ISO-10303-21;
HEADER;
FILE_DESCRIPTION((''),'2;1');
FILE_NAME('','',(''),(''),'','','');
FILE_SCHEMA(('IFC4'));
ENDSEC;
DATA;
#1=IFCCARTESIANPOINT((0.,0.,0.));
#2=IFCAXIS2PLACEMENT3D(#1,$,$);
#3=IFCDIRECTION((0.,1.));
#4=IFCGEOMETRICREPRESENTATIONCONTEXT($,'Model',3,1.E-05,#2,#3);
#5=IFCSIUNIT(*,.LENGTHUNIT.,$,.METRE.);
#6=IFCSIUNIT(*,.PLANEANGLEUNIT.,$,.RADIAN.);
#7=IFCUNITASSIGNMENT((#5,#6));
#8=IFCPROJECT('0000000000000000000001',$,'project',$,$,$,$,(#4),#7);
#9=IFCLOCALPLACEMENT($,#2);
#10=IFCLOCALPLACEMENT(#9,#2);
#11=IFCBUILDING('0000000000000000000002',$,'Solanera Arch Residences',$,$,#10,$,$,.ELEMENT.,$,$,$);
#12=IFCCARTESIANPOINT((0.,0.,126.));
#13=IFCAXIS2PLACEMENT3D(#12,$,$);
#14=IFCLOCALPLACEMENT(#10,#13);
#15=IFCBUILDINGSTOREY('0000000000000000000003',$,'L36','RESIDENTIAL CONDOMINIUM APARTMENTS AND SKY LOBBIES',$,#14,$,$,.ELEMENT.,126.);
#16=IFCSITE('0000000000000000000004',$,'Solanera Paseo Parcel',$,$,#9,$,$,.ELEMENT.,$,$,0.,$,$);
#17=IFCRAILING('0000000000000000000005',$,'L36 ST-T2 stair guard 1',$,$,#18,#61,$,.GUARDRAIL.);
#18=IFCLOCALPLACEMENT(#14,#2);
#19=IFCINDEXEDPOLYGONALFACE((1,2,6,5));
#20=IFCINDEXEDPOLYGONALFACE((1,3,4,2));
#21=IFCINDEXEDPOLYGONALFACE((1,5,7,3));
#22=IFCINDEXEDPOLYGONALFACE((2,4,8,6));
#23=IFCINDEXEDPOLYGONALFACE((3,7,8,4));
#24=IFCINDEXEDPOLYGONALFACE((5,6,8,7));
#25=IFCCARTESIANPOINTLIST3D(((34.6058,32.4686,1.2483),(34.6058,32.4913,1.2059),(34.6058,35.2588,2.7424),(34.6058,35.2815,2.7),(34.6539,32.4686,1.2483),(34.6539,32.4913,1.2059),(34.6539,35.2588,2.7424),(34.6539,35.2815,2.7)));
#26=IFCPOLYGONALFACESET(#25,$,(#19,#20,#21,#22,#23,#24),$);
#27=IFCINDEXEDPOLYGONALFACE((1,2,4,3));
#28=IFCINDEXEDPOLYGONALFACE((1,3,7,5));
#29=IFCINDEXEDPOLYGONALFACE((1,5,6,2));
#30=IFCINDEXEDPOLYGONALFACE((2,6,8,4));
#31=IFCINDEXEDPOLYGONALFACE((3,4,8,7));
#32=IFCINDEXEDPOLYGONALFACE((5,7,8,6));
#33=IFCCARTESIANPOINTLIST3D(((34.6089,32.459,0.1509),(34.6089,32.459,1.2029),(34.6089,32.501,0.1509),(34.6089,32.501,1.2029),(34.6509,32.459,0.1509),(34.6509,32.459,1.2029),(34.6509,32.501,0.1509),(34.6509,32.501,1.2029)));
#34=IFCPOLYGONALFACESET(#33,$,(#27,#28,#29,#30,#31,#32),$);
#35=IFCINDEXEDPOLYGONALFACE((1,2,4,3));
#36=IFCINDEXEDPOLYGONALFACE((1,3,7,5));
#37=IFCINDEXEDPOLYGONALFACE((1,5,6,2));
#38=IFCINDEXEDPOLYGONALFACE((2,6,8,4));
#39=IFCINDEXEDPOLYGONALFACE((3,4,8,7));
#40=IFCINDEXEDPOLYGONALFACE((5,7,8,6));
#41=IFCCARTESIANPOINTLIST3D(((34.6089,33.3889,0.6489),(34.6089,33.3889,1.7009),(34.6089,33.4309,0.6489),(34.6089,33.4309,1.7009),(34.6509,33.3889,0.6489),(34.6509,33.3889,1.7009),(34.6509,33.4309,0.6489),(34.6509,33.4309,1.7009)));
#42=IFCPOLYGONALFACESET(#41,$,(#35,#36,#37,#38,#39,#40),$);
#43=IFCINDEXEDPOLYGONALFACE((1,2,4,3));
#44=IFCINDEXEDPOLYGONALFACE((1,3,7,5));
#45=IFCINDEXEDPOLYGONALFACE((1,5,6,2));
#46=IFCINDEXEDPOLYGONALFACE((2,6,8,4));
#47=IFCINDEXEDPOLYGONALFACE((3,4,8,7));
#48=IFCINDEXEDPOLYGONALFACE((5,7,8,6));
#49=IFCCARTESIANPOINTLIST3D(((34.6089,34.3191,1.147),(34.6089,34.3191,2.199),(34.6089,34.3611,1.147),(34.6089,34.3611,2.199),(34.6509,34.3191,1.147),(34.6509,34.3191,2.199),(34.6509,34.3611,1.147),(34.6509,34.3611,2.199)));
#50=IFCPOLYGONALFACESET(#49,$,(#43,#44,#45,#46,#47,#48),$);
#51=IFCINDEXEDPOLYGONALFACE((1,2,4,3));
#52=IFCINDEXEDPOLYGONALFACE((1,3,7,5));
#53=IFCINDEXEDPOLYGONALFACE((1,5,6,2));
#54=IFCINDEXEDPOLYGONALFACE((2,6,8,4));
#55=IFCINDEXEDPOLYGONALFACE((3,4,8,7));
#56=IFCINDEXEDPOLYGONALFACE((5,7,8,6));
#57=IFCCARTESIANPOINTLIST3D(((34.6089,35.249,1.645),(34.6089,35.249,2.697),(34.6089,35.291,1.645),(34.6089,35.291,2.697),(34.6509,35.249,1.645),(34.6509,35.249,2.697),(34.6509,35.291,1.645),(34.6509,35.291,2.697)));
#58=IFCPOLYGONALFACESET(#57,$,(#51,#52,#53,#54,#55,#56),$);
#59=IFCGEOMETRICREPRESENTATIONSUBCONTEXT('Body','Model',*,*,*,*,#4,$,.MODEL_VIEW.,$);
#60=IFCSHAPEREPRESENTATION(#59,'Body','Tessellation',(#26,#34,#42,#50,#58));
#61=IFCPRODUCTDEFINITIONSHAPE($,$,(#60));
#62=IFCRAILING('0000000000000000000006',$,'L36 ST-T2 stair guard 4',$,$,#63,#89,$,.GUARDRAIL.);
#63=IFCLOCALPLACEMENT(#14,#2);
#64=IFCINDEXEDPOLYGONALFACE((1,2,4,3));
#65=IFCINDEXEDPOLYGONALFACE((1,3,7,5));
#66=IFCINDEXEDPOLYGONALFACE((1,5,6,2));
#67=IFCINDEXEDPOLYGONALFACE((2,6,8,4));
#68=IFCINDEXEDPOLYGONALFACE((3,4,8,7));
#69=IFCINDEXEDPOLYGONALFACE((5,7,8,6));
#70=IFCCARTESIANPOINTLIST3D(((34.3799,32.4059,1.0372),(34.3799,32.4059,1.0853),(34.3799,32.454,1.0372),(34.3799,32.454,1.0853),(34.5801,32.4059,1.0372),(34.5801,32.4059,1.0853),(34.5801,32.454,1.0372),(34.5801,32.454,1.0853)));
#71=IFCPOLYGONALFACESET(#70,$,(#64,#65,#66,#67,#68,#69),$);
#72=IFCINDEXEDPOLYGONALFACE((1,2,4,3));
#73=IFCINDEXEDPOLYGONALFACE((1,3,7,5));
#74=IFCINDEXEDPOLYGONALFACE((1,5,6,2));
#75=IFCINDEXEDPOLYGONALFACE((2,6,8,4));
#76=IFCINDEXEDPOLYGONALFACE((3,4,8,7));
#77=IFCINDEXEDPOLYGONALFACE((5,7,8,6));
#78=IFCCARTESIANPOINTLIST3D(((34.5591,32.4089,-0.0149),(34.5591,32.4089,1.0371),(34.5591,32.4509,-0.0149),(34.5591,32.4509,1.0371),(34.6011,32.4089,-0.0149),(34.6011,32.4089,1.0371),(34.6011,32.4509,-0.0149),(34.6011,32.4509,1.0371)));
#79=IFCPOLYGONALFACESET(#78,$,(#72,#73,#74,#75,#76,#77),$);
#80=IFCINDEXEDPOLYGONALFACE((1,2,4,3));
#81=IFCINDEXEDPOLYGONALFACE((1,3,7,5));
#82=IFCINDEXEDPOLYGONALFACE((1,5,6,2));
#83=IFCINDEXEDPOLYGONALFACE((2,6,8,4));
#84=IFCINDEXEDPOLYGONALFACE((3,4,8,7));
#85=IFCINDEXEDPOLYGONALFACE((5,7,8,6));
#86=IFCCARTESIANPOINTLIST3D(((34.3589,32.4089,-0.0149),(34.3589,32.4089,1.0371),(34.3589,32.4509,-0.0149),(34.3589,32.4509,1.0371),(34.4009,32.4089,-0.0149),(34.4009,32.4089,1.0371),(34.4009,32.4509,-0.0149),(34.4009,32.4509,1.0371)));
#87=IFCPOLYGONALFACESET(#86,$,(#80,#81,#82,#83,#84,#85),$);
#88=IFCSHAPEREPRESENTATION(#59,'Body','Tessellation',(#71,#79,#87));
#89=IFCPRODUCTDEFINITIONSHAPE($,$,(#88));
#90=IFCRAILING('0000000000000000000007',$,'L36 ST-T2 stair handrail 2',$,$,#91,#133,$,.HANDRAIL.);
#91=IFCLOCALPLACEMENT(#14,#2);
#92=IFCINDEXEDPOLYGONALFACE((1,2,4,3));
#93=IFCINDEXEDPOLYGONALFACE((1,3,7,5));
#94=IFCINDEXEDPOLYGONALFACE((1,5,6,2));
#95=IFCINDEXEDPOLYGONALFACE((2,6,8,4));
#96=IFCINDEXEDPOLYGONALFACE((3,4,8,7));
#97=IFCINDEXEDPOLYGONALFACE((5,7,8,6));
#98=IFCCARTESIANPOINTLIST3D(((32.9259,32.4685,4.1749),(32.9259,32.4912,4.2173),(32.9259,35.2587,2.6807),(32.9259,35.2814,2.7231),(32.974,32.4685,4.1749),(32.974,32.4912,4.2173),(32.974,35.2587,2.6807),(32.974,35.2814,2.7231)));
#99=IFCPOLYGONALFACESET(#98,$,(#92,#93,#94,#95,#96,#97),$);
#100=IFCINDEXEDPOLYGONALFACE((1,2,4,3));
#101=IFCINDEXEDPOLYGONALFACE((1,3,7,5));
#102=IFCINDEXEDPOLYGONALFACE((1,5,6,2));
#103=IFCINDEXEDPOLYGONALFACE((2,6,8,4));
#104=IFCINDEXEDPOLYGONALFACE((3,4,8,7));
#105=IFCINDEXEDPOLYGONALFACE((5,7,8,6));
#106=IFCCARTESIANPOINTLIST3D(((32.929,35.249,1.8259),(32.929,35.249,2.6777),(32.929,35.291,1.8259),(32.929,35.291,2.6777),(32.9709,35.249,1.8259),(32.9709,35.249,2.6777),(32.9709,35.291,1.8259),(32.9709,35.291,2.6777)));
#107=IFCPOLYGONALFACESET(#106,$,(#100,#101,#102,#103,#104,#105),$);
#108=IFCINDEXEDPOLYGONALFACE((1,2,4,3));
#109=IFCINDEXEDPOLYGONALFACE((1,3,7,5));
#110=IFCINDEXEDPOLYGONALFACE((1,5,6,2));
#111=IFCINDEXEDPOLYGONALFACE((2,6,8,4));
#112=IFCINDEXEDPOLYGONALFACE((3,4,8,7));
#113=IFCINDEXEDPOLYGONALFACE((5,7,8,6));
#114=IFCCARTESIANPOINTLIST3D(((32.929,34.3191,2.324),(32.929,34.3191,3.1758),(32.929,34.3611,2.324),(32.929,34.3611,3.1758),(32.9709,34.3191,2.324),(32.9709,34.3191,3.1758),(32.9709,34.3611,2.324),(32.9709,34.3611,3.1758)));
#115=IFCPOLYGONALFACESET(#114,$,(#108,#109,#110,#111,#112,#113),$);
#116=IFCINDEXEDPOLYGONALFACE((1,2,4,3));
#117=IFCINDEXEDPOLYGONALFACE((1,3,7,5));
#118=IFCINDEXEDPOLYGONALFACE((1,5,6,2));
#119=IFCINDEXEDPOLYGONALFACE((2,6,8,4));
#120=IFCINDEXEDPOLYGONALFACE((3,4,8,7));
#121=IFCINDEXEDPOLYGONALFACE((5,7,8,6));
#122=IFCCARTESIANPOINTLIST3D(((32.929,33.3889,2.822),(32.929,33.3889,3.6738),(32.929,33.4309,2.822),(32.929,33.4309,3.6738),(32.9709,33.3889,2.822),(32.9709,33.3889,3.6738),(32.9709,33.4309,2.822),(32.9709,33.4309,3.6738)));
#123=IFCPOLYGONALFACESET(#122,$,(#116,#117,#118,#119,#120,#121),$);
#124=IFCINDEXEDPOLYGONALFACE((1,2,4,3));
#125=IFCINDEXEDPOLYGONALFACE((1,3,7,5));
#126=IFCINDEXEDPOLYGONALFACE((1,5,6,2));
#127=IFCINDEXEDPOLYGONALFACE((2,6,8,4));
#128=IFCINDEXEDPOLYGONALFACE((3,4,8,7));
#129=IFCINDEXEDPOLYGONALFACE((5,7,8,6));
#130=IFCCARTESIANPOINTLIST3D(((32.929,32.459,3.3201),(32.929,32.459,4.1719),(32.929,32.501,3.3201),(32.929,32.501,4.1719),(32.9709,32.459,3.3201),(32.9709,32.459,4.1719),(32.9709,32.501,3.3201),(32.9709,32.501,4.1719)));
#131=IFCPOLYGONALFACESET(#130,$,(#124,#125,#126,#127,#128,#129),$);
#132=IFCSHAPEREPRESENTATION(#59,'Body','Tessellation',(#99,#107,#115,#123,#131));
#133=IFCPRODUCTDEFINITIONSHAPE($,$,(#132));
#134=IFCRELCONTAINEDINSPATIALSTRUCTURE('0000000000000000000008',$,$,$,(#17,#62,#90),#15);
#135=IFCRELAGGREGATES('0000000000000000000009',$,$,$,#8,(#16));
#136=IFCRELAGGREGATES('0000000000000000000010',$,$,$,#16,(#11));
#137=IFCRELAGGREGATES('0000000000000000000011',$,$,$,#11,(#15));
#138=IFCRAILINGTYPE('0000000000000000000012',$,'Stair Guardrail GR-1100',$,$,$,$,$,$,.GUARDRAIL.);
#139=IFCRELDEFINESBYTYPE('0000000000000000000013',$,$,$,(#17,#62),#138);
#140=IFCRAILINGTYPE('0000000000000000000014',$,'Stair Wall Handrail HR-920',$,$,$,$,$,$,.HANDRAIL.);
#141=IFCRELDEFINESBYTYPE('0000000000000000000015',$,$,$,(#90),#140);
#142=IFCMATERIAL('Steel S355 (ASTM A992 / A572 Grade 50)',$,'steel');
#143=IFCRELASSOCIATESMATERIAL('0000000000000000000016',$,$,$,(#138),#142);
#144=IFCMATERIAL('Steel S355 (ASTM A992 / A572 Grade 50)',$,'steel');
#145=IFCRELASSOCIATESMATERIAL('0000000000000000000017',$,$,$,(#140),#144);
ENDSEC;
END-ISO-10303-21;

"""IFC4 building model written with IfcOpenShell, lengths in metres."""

from ifc_helpers import new_model, si_unit, direction, frame, origin, origin_2d, place, context, subcontext, project, spatial, rectangle, extrude, material, type_object, element, save


model = new_model("IFC4")

# Units and contexts
model_context = context("Model", 3, precision=1e-05, world=origin(), true_north=direction((0.0, 1.0)))
body_context = subcontext(model_context, "Body", "Model", "MODEL_VIEW")
ifc_project = project(units=[si_unit("LENGTHUNIT", "METRE"), si_unit("PLANEANGLEUNIT", "RADIAN")], contexts=[model_context])

# Site, building, storey
site_placement = place(None, origin())
site = spatial("IfcSite", under=ifc_project, at=site_placement, Name="Solanera Paseo Parcel", CompositionType="ELEMENT", RefElevation=0.0)
building_placement = place(site_placement, origin())
building = spatial("IfcBuilding", under=site, at=building_placement, Name="Solanera Arch Residences", CompositionType="ELEMENT")
storey_placement = place(building_placement, frame((0.0, 0.0, 126.0)))
storey = spatial("IfcBuildingStorey", under=building, at=storey_placement, Name="L36", Description="RESIDENTIAL CONDOMINIUM APARTMENTS AND SKY LOBBIES", CompositionType="ELEMENT", Elevation=126.0)

# Railings
ifc_material_1 = material(Name="Steel S355 (ASTM A992 / A572 Grade 50)", Category="steel")
railing_type_1 = type_object("IfcRailingType", Name="Stair Guardrail GR-1100", PredefinedType="GUARDRAIL", material=ifc_material_1)
railing_1_placement = place(storey_placement, frame((34.6299, 32.48, 0.1509)))
element("IfcRailing", 1, at=railing_1_placement, inside=storey, type_object=railing_type_1, Name="L36 ST-T2 stair guard 1", PredefinedType="GUARDRAIL", context=body_context, shape_type="SweptSolid", body=[
    extrude(rectangle(XDim=0.0481, YDim=0.0481, at=origin_2d()), frame((0.0, 0.0, 1.0762), z_axis=(0.0, 0.881549, 0.472093), x_axis=(-1.0, 0.0, 0.0)), (0.0, 0.0, 1.0), 3.165),
    extrude(rectangle(XDim=0.042, YDim=0.042, at=origin_2d()), origin(), (0.0, 0.0, 1.0), 1.052),
    extrude(rectangle(XDim=0.042, YDim=0.042, at=origin_2d()), frame((0.0, 0.9299, 0.498)), (0.0, 0.0, 1.0), 1.052),
    extrude(rectangle(XDim=0.042, YDim=0.042, at=origin_2d()), frame((0.0, 1.8601, 0.9961)), (0.0, 0.0, 1.0), 1.052),
    extrude(rectangle(XDim=0.042, YDim=0.042, at=origin_2d()), frame((0.0, 2.79, 1.4941)), (0.0, 0.0, 1.0), 1.052),
])
railing_2_placement = place(storey_placement, frame((34.5801, 32.4299, -0.0149)))
element("IfcRailing", 2, at=railing_2_placement, inside=storey, type_object=railing_type_1, Name="L36 ST-T2 stair guard 4", PredefinedType="GUARDRAIL", context=body_context, shape_type="SweptSolid", body=[
    extrude(rectangle(XDim=0.0481, YDim=0.0481, at=origin_2d()), frame((0.0, 0.0, 1.0762), z_axis=(-1.0, 0.0, 0.0), x_axis=(0.0, -1.0, 0.0)), (0.0, 0.0, 1.0), 0.2002),
    extrude(rectangle(XDim=0.042, YDim=0.042, at=origin_2d()), origin(), (0.0, 0.0, 1.0), 1.052),
    extrude(rectangle(XDim=0.042, YDim=0.042, at=origin_2d()), frame((-0.2002, 0.0, 0.0)), (0.0, 0.0, 1.0), 1.052),
])
ifc_material_2 = material(Name="Steel S355 (ASTM A992 / A572 Grade 50)", Category="steel")
railing_type_2 = type_object("IfcRailingType", Name="Stair Wall Handrail HR-920", PredefinedType="HANDRAIL", material=ifc_material_2)
railing_3_placement = place(storey_placement, frame((32.95, 35.27, 1.8259)))
element("IfcRailing", 3, at=railing_3_placement, inside=storey, type_object=railing_type_2, Name="L36 ST-T2 stair handrail 2", PredefinedType="HANDRAIL", context=body_context, shape_type="SweptSolid", body=[
    extrude(rectangle(XDim=0.0481, YDim=0.0481, at=origin_2d()), frame((0.0, 0.0, 0.876), z_axis=(0.0, -0.881549, 0.472093), x_axis=(1.0, 0.0, 0.0)), (0.0, 0.0, 1.0), 3.165),
    extrude(rectangle(XDim=0.042, YDim=0.042, at=origin_2d()), origin(), (0.0, 0.0, 1.0), 0.8518),
    extrude(rectangle(XDim=0.042, YDim=0.042, at=origin_2d()), frame((0.0, -0.9299, 0.498)), (0.0, 0.0, 1.0), 0.8518),
    extrude(rectangle(XDim=0.042, YDim=0.042, at=origin_2d()), frame((0.0, -1.8601, 0.9961)), (0.0, 0.0, 1.0), 0.8518),
    extrude(rectangle(XDim=0.042, YDim=0.042, at=origin_2d()), frame((0.0, -2.79, 1.4941)), (0.0, 0.0, 1.0), 0.8518),
])

save(model, "model.ifc")
